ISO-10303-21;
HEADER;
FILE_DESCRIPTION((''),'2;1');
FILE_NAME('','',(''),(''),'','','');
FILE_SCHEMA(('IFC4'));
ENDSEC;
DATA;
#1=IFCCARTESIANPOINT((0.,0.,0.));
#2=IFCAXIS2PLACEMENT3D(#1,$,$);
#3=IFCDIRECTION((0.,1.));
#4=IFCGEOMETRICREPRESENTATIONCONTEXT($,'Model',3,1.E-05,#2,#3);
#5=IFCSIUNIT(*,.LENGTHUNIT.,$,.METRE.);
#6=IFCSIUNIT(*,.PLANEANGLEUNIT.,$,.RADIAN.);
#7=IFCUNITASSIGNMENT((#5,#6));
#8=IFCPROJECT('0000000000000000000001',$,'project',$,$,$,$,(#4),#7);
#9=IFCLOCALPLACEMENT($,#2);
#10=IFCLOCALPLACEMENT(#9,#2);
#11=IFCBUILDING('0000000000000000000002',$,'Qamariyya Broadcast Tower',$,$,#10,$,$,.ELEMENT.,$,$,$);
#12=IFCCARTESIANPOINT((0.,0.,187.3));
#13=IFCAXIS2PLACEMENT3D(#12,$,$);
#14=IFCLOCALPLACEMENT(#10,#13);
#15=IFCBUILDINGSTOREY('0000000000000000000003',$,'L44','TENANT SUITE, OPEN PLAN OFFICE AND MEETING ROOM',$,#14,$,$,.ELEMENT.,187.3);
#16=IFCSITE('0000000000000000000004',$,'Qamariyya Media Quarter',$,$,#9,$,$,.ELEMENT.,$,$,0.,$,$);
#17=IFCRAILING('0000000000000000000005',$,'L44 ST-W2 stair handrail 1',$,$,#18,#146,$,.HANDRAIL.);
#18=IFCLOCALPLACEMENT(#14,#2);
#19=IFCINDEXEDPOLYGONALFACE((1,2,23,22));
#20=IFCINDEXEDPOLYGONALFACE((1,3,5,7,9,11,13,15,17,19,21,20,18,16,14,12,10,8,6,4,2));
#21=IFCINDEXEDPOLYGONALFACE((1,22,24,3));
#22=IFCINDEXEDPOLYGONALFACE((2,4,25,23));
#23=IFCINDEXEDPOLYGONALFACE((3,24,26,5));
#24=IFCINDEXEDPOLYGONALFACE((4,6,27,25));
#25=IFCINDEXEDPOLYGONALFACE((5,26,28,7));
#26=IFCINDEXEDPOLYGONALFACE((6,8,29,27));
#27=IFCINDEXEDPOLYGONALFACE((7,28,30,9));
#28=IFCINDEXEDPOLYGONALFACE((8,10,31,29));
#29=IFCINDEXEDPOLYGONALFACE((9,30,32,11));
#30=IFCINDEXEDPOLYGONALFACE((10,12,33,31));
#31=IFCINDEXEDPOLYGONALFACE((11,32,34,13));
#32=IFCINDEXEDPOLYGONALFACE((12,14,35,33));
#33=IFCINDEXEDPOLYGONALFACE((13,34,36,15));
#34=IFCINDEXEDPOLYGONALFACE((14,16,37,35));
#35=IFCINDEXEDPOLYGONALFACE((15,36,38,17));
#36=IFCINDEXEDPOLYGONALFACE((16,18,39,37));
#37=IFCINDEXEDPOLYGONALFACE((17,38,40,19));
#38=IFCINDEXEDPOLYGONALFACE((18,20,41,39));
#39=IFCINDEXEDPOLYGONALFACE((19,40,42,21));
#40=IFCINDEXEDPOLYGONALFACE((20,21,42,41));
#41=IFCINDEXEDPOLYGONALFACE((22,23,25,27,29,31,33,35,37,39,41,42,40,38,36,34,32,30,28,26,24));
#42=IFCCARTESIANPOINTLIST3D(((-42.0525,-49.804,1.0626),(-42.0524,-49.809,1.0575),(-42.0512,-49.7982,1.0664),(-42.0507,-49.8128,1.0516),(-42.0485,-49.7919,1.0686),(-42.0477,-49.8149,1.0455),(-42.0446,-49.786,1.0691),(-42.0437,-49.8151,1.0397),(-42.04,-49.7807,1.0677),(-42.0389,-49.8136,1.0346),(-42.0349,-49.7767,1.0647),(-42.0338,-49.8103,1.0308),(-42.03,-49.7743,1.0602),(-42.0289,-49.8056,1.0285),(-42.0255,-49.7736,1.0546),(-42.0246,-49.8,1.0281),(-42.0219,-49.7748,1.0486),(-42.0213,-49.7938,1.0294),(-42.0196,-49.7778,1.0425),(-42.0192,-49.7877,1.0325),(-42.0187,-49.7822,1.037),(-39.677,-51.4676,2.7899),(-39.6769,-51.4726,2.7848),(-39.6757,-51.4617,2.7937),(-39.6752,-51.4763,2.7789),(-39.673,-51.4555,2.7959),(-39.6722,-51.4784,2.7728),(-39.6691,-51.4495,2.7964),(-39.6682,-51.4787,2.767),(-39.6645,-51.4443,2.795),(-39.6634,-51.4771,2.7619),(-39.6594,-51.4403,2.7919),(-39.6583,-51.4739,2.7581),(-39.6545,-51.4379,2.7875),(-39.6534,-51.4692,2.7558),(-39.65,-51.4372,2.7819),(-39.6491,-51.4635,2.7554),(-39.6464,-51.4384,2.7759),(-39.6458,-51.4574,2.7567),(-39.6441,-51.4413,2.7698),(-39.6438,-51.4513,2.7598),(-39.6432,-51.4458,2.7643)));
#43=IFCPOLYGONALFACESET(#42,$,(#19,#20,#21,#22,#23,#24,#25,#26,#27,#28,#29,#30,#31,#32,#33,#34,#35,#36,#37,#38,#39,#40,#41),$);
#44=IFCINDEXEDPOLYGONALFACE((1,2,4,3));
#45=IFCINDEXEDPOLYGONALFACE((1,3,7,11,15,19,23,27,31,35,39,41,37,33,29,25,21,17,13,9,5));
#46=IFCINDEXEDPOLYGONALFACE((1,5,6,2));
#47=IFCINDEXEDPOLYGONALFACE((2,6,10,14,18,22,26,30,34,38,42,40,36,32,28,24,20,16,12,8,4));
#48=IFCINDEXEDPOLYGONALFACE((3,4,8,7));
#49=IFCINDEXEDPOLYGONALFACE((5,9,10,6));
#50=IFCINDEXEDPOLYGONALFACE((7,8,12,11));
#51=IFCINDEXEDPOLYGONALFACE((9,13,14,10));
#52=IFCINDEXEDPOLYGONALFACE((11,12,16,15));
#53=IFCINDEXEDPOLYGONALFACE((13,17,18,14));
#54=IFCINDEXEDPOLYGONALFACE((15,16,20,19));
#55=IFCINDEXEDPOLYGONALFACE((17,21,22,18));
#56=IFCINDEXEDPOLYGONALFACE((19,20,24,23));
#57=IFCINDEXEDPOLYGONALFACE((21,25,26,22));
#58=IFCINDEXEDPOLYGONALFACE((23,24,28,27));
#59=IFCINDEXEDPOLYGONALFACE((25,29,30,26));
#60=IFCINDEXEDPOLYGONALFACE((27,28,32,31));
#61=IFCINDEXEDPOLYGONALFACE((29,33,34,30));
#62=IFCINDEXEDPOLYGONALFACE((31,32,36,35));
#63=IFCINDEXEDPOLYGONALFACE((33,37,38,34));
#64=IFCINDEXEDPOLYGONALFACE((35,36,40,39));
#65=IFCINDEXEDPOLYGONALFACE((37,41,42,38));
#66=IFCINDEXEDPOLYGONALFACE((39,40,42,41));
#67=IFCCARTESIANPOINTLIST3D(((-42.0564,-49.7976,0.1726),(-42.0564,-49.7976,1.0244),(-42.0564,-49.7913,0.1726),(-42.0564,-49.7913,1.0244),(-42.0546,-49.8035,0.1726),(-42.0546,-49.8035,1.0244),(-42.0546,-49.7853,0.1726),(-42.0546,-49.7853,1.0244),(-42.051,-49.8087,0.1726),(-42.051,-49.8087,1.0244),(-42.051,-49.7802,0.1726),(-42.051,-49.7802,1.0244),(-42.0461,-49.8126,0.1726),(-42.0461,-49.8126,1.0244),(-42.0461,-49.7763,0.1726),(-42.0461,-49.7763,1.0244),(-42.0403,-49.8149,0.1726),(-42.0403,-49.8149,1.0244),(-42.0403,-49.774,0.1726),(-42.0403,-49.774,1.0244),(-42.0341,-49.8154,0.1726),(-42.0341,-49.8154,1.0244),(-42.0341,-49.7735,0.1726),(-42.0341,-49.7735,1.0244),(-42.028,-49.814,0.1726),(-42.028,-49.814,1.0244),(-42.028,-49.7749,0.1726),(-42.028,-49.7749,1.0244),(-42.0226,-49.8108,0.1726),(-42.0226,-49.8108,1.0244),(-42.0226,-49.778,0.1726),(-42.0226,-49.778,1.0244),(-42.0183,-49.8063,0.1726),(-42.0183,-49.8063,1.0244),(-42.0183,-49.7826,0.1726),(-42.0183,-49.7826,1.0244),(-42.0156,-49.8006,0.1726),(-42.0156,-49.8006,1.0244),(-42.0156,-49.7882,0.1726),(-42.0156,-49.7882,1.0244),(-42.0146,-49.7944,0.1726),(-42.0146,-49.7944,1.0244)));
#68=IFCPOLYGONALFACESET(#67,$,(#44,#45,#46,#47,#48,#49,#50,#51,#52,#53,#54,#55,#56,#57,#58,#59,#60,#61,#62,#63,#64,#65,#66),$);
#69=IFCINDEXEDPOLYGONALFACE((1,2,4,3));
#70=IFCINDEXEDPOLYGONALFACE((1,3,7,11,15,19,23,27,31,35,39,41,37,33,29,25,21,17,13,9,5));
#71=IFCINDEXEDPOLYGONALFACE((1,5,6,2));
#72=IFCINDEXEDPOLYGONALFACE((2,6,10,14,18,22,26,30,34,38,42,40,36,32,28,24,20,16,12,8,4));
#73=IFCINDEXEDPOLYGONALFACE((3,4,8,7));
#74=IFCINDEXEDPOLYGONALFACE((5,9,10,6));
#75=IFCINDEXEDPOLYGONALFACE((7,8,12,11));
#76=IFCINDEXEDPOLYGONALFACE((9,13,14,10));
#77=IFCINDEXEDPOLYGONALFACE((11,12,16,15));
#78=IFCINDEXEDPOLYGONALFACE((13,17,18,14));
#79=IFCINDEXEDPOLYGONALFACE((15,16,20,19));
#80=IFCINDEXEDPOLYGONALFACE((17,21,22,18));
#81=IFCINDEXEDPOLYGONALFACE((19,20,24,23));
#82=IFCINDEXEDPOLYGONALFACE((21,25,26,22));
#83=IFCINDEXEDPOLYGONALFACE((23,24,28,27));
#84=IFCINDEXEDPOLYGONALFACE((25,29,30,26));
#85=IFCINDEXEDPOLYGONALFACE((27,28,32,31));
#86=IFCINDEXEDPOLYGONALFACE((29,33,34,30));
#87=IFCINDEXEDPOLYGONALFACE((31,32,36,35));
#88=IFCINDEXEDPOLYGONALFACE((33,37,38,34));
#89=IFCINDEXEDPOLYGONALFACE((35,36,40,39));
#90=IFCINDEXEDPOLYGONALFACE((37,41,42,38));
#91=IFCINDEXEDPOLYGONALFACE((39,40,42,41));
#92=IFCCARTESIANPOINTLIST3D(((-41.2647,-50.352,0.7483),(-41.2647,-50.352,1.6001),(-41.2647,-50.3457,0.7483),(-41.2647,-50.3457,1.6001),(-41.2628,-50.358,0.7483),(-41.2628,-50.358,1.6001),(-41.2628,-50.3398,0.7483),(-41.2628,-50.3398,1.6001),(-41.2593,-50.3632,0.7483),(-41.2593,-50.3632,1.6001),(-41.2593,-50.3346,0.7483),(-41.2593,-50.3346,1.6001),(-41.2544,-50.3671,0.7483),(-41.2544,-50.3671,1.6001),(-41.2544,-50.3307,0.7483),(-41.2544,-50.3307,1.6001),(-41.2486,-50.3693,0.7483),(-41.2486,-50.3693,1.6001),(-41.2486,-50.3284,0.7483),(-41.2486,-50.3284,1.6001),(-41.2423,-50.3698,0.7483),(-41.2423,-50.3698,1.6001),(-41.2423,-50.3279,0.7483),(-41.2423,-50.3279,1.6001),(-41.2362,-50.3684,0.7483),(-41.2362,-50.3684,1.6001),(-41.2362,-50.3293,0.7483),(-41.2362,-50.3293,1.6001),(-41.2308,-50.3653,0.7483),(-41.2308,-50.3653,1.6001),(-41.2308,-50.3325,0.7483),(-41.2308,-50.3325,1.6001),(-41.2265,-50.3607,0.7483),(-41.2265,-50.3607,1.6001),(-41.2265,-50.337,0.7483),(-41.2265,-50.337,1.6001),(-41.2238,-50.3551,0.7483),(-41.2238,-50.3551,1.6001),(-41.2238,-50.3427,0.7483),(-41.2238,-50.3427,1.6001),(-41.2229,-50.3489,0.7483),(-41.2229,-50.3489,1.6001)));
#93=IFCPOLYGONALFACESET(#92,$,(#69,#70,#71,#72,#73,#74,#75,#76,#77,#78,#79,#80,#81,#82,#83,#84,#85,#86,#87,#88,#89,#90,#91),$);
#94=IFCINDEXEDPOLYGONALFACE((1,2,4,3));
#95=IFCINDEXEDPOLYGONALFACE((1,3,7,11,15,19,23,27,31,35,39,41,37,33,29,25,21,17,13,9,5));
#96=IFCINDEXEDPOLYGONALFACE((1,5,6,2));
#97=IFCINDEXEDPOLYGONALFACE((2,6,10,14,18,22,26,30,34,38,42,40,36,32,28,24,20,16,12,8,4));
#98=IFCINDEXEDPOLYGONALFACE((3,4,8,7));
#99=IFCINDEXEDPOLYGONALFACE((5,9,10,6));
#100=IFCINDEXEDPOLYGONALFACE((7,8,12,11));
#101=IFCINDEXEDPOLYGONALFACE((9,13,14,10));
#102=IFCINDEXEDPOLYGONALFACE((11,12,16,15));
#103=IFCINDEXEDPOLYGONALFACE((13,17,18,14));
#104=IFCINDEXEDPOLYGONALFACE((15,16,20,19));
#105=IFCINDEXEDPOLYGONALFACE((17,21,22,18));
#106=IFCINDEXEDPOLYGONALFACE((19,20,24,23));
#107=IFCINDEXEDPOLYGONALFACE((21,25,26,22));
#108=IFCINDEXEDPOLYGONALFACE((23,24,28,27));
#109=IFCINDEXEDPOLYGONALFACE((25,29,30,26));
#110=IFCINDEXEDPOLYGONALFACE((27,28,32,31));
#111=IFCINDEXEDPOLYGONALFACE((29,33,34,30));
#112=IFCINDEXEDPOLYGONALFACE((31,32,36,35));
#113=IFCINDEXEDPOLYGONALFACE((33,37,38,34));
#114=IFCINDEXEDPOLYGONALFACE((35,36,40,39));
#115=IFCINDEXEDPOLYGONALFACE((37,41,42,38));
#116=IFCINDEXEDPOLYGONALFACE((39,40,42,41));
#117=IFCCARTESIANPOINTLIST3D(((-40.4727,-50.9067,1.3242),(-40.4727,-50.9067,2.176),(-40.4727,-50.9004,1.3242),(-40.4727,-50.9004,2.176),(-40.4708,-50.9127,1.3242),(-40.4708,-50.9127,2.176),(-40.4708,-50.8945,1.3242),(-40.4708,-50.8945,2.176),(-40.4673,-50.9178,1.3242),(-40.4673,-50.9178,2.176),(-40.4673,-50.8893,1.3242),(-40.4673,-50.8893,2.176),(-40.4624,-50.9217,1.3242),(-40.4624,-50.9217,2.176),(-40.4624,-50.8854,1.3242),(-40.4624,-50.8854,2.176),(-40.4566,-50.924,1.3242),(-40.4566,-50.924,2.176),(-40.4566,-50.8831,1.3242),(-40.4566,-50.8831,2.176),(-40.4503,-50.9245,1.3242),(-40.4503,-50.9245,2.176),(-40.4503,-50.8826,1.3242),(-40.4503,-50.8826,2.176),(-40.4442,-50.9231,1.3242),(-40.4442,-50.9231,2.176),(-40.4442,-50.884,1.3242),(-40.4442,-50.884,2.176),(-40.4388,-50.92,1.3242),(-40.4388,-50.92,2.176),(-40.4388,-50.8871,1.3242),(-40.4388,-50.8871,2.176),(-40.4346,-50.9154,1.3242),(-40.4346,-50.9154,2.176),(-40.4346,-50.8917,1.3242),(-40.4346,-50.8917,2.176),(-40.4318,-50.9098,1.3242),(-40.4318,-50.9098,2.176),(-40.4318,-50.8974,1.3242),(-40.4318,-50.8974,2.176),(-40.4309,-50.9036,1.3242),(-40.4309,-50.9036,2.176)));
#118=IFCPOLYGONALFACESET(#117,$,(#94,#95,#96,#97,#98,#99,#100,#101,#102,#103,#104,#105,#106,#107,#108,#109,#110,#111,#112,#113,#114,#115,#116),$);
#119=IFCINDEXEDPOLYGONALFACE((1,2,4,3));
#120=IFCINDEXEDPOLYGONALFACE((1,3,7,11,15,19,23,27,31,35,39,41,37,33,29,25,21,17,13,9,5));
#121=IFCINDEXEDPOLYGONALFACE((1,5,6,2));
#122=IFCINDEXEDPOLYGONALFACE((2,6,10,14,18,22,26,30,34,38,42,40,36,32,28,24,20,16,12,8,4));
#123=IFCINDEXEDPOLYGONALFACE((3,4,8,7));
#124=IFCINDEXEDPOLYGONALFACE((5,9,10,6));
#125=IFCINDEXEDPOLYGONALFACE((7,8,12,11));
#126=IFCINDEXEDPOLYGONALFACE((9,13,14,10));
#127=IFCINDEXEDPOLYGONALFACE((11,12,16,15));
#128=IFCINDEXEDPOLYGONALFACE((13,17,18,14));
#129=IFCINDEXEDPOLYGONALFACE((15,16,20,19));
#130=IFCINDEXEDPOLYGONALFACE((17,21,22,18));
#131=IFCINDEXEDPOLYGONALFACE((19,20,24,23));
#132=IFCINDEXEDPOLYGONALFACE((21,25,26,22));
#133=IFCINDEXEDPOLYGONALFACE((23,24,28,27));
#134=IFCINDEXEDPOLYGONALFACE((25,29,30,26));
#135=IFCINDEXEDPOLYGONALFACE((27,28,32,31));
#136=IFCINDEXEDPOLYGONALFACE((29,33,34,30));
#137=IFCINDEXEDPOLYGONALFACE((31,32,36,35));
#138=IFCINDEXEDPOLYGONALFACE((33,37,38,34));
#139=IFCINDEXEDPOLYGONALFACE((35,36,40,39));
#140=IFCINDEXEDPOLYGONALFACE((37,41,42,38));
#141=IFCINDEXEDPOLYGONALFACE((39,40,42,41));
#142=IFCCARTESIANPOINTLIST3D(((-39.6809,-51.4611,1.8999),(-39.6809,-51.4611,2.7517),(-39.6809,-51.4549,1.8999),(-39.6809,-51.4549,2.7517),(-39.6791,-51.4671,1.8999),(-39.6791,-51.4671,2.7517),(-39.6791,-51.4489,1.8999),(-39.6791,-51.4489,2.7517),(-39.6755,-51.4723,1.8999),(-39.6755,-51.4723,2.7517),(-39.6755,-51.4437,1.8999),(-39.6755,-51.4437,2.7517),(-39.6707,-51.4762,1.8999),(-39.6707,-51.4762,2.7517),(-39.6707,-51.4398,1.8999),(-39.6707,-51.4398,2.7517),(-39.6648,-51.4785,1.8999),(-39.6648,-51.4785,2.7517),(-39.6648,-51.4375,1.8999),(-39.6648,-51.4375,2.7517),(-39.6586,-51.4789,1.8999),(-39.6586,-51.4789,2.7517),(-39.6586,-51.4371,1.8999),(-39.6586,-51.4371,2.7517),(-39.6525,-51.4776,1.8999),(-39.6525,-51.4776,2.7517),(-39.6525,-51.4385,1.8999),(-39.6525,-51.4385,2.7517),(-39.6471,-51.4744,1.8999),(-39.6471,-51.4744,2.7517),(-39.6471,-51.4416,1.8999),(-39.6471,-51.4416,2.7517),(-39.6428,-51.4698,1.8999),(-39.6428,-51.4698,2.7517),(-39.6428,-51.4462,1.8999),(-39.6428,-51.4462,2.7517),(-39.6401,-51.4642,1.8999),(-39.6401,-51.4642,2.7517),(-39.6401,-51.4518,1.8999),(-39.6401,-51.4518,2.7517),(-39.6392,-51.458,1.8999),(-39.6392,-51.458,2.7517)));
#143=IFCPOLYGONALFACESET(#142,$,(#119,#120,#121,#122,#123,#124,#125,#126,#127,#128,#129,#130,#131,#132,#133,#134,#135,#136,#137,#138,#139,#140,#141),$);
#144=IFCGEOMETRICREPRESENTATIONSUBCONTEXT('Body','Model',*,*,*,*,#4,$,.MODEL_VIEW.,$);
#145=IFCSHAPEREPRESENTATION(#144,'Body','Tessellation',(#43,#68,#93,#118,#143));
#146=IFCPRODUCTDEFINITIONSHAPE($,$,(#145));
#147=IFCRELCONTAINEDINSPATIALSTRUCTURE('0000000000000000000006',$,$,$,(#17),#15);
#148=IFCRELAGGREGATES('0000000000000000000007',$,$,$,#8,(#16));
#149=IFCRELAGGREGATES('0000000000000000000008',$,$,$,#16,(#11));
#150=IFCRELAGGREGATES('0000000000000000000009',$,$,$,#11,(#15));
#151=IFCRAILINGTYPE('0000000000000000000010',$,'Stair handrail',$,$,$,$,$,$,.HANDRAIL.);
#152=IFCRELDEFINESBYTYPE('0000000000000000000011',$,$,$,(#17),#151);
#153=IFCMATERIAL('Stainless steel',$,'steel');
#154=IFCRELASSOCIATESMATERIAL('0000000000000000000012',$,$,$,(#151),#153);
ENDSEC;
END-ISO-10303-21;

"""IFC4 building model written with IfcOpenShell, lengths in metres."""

from ifc_helpers import new_model, si_unit, direction, frame, origin, origin_2d, place, context, subcontext, project, spatial, circle, extrude, material, type_object, element, save


model = new_model("IFC4")

# Units and contexts
model_context = context("Model", 3, precision=1e-05, world=origin(), true_north=direction((0.0, 1.0)))
body_context = subcontext(model_context, "Body", "Model", "MODEL_VIEW")
ifc_project = project(units=[si_unit("LENGTHUNIT", "METRE"), si_unit("PLANEANGLEUNIT", "RADIAN")], contexts=[model_context])

# Site, building, storey
site_placement = place(None, origin())
site = spatial("IfcSite", under=ifc_project, at=site_placement, Name="Qamariyya Media Quarter", CompositionType="ELEMENT", RefElevation=0.0)
building_placement = place(site_placement, origin())
building = spatial("IfcBuilding", under=site, at=building_placement, Name="Qamariyya Broadcast Tower", CompositionType="ELEMENT")
storey_placement = place(building_placement, frame((0.0, 0.0, 187.3)))
storey = spatial("IfcBuildingStorey", under=building, at=storey_placement, Name="L44", Description="TENANT SUITE, OPEN PLAN OFFICE AND MEETING ROOM", CompositionType="ELEMENT", Elevation=187.3)

# Railing
ifc_material_1 = material(Name="Stainless steel", Category="steel")
railing_type_1 = type_object("IfcRailingType", Name="Stair handrail", PredefinedType="HANDRAIL", material=ifc_material_1)
railing_1_placement = place(storey_placement, frame((-42.0356, -49.7944, 0.1726)))
element("IfcRailing", 1, at=railing_1_placement, inside=storey, type_object=railing_type_1, Name="L44 ST-W2 stair handrail 1", PredefinedType="HANDRAIL", context=body_context, shape_type="SweptSolid", body=[
    extrude(circle(Radius=0.0239, at=origin_2d()), frame((0.0, 0.0, 0.876), z_axis=(0.703745, -0.492838, 0.511716), x_axis=(0.573632, 0.819113, 0.0)), (0.0, 0.0, 1.0), 3.3755),
    extrude(circle(Radius=0.021, at=origin_2d()), origin(), (0.0, 0.0, 1.0), 0.8518),
    extrude(circle(Radius=0.021, at=origin_2d()), frame((0.7917, -0.5544, 0.5757)), (0.0, 0.0, 1.0), 0.8518),
    extrude(circle(Radius=0.021, at=origin_2d()), frame((1.5837, -1.1091, 1.1516)), (0.0, 0.0, 1.0), 0.8518),
    extrude(circle(Radius=0.021, at=origin_2d()), frame((2.3755, -1.6636, 1.7273)), (0.0, 0.0, 1.0), 0.8518),
])

save(model, "model.ifc")
